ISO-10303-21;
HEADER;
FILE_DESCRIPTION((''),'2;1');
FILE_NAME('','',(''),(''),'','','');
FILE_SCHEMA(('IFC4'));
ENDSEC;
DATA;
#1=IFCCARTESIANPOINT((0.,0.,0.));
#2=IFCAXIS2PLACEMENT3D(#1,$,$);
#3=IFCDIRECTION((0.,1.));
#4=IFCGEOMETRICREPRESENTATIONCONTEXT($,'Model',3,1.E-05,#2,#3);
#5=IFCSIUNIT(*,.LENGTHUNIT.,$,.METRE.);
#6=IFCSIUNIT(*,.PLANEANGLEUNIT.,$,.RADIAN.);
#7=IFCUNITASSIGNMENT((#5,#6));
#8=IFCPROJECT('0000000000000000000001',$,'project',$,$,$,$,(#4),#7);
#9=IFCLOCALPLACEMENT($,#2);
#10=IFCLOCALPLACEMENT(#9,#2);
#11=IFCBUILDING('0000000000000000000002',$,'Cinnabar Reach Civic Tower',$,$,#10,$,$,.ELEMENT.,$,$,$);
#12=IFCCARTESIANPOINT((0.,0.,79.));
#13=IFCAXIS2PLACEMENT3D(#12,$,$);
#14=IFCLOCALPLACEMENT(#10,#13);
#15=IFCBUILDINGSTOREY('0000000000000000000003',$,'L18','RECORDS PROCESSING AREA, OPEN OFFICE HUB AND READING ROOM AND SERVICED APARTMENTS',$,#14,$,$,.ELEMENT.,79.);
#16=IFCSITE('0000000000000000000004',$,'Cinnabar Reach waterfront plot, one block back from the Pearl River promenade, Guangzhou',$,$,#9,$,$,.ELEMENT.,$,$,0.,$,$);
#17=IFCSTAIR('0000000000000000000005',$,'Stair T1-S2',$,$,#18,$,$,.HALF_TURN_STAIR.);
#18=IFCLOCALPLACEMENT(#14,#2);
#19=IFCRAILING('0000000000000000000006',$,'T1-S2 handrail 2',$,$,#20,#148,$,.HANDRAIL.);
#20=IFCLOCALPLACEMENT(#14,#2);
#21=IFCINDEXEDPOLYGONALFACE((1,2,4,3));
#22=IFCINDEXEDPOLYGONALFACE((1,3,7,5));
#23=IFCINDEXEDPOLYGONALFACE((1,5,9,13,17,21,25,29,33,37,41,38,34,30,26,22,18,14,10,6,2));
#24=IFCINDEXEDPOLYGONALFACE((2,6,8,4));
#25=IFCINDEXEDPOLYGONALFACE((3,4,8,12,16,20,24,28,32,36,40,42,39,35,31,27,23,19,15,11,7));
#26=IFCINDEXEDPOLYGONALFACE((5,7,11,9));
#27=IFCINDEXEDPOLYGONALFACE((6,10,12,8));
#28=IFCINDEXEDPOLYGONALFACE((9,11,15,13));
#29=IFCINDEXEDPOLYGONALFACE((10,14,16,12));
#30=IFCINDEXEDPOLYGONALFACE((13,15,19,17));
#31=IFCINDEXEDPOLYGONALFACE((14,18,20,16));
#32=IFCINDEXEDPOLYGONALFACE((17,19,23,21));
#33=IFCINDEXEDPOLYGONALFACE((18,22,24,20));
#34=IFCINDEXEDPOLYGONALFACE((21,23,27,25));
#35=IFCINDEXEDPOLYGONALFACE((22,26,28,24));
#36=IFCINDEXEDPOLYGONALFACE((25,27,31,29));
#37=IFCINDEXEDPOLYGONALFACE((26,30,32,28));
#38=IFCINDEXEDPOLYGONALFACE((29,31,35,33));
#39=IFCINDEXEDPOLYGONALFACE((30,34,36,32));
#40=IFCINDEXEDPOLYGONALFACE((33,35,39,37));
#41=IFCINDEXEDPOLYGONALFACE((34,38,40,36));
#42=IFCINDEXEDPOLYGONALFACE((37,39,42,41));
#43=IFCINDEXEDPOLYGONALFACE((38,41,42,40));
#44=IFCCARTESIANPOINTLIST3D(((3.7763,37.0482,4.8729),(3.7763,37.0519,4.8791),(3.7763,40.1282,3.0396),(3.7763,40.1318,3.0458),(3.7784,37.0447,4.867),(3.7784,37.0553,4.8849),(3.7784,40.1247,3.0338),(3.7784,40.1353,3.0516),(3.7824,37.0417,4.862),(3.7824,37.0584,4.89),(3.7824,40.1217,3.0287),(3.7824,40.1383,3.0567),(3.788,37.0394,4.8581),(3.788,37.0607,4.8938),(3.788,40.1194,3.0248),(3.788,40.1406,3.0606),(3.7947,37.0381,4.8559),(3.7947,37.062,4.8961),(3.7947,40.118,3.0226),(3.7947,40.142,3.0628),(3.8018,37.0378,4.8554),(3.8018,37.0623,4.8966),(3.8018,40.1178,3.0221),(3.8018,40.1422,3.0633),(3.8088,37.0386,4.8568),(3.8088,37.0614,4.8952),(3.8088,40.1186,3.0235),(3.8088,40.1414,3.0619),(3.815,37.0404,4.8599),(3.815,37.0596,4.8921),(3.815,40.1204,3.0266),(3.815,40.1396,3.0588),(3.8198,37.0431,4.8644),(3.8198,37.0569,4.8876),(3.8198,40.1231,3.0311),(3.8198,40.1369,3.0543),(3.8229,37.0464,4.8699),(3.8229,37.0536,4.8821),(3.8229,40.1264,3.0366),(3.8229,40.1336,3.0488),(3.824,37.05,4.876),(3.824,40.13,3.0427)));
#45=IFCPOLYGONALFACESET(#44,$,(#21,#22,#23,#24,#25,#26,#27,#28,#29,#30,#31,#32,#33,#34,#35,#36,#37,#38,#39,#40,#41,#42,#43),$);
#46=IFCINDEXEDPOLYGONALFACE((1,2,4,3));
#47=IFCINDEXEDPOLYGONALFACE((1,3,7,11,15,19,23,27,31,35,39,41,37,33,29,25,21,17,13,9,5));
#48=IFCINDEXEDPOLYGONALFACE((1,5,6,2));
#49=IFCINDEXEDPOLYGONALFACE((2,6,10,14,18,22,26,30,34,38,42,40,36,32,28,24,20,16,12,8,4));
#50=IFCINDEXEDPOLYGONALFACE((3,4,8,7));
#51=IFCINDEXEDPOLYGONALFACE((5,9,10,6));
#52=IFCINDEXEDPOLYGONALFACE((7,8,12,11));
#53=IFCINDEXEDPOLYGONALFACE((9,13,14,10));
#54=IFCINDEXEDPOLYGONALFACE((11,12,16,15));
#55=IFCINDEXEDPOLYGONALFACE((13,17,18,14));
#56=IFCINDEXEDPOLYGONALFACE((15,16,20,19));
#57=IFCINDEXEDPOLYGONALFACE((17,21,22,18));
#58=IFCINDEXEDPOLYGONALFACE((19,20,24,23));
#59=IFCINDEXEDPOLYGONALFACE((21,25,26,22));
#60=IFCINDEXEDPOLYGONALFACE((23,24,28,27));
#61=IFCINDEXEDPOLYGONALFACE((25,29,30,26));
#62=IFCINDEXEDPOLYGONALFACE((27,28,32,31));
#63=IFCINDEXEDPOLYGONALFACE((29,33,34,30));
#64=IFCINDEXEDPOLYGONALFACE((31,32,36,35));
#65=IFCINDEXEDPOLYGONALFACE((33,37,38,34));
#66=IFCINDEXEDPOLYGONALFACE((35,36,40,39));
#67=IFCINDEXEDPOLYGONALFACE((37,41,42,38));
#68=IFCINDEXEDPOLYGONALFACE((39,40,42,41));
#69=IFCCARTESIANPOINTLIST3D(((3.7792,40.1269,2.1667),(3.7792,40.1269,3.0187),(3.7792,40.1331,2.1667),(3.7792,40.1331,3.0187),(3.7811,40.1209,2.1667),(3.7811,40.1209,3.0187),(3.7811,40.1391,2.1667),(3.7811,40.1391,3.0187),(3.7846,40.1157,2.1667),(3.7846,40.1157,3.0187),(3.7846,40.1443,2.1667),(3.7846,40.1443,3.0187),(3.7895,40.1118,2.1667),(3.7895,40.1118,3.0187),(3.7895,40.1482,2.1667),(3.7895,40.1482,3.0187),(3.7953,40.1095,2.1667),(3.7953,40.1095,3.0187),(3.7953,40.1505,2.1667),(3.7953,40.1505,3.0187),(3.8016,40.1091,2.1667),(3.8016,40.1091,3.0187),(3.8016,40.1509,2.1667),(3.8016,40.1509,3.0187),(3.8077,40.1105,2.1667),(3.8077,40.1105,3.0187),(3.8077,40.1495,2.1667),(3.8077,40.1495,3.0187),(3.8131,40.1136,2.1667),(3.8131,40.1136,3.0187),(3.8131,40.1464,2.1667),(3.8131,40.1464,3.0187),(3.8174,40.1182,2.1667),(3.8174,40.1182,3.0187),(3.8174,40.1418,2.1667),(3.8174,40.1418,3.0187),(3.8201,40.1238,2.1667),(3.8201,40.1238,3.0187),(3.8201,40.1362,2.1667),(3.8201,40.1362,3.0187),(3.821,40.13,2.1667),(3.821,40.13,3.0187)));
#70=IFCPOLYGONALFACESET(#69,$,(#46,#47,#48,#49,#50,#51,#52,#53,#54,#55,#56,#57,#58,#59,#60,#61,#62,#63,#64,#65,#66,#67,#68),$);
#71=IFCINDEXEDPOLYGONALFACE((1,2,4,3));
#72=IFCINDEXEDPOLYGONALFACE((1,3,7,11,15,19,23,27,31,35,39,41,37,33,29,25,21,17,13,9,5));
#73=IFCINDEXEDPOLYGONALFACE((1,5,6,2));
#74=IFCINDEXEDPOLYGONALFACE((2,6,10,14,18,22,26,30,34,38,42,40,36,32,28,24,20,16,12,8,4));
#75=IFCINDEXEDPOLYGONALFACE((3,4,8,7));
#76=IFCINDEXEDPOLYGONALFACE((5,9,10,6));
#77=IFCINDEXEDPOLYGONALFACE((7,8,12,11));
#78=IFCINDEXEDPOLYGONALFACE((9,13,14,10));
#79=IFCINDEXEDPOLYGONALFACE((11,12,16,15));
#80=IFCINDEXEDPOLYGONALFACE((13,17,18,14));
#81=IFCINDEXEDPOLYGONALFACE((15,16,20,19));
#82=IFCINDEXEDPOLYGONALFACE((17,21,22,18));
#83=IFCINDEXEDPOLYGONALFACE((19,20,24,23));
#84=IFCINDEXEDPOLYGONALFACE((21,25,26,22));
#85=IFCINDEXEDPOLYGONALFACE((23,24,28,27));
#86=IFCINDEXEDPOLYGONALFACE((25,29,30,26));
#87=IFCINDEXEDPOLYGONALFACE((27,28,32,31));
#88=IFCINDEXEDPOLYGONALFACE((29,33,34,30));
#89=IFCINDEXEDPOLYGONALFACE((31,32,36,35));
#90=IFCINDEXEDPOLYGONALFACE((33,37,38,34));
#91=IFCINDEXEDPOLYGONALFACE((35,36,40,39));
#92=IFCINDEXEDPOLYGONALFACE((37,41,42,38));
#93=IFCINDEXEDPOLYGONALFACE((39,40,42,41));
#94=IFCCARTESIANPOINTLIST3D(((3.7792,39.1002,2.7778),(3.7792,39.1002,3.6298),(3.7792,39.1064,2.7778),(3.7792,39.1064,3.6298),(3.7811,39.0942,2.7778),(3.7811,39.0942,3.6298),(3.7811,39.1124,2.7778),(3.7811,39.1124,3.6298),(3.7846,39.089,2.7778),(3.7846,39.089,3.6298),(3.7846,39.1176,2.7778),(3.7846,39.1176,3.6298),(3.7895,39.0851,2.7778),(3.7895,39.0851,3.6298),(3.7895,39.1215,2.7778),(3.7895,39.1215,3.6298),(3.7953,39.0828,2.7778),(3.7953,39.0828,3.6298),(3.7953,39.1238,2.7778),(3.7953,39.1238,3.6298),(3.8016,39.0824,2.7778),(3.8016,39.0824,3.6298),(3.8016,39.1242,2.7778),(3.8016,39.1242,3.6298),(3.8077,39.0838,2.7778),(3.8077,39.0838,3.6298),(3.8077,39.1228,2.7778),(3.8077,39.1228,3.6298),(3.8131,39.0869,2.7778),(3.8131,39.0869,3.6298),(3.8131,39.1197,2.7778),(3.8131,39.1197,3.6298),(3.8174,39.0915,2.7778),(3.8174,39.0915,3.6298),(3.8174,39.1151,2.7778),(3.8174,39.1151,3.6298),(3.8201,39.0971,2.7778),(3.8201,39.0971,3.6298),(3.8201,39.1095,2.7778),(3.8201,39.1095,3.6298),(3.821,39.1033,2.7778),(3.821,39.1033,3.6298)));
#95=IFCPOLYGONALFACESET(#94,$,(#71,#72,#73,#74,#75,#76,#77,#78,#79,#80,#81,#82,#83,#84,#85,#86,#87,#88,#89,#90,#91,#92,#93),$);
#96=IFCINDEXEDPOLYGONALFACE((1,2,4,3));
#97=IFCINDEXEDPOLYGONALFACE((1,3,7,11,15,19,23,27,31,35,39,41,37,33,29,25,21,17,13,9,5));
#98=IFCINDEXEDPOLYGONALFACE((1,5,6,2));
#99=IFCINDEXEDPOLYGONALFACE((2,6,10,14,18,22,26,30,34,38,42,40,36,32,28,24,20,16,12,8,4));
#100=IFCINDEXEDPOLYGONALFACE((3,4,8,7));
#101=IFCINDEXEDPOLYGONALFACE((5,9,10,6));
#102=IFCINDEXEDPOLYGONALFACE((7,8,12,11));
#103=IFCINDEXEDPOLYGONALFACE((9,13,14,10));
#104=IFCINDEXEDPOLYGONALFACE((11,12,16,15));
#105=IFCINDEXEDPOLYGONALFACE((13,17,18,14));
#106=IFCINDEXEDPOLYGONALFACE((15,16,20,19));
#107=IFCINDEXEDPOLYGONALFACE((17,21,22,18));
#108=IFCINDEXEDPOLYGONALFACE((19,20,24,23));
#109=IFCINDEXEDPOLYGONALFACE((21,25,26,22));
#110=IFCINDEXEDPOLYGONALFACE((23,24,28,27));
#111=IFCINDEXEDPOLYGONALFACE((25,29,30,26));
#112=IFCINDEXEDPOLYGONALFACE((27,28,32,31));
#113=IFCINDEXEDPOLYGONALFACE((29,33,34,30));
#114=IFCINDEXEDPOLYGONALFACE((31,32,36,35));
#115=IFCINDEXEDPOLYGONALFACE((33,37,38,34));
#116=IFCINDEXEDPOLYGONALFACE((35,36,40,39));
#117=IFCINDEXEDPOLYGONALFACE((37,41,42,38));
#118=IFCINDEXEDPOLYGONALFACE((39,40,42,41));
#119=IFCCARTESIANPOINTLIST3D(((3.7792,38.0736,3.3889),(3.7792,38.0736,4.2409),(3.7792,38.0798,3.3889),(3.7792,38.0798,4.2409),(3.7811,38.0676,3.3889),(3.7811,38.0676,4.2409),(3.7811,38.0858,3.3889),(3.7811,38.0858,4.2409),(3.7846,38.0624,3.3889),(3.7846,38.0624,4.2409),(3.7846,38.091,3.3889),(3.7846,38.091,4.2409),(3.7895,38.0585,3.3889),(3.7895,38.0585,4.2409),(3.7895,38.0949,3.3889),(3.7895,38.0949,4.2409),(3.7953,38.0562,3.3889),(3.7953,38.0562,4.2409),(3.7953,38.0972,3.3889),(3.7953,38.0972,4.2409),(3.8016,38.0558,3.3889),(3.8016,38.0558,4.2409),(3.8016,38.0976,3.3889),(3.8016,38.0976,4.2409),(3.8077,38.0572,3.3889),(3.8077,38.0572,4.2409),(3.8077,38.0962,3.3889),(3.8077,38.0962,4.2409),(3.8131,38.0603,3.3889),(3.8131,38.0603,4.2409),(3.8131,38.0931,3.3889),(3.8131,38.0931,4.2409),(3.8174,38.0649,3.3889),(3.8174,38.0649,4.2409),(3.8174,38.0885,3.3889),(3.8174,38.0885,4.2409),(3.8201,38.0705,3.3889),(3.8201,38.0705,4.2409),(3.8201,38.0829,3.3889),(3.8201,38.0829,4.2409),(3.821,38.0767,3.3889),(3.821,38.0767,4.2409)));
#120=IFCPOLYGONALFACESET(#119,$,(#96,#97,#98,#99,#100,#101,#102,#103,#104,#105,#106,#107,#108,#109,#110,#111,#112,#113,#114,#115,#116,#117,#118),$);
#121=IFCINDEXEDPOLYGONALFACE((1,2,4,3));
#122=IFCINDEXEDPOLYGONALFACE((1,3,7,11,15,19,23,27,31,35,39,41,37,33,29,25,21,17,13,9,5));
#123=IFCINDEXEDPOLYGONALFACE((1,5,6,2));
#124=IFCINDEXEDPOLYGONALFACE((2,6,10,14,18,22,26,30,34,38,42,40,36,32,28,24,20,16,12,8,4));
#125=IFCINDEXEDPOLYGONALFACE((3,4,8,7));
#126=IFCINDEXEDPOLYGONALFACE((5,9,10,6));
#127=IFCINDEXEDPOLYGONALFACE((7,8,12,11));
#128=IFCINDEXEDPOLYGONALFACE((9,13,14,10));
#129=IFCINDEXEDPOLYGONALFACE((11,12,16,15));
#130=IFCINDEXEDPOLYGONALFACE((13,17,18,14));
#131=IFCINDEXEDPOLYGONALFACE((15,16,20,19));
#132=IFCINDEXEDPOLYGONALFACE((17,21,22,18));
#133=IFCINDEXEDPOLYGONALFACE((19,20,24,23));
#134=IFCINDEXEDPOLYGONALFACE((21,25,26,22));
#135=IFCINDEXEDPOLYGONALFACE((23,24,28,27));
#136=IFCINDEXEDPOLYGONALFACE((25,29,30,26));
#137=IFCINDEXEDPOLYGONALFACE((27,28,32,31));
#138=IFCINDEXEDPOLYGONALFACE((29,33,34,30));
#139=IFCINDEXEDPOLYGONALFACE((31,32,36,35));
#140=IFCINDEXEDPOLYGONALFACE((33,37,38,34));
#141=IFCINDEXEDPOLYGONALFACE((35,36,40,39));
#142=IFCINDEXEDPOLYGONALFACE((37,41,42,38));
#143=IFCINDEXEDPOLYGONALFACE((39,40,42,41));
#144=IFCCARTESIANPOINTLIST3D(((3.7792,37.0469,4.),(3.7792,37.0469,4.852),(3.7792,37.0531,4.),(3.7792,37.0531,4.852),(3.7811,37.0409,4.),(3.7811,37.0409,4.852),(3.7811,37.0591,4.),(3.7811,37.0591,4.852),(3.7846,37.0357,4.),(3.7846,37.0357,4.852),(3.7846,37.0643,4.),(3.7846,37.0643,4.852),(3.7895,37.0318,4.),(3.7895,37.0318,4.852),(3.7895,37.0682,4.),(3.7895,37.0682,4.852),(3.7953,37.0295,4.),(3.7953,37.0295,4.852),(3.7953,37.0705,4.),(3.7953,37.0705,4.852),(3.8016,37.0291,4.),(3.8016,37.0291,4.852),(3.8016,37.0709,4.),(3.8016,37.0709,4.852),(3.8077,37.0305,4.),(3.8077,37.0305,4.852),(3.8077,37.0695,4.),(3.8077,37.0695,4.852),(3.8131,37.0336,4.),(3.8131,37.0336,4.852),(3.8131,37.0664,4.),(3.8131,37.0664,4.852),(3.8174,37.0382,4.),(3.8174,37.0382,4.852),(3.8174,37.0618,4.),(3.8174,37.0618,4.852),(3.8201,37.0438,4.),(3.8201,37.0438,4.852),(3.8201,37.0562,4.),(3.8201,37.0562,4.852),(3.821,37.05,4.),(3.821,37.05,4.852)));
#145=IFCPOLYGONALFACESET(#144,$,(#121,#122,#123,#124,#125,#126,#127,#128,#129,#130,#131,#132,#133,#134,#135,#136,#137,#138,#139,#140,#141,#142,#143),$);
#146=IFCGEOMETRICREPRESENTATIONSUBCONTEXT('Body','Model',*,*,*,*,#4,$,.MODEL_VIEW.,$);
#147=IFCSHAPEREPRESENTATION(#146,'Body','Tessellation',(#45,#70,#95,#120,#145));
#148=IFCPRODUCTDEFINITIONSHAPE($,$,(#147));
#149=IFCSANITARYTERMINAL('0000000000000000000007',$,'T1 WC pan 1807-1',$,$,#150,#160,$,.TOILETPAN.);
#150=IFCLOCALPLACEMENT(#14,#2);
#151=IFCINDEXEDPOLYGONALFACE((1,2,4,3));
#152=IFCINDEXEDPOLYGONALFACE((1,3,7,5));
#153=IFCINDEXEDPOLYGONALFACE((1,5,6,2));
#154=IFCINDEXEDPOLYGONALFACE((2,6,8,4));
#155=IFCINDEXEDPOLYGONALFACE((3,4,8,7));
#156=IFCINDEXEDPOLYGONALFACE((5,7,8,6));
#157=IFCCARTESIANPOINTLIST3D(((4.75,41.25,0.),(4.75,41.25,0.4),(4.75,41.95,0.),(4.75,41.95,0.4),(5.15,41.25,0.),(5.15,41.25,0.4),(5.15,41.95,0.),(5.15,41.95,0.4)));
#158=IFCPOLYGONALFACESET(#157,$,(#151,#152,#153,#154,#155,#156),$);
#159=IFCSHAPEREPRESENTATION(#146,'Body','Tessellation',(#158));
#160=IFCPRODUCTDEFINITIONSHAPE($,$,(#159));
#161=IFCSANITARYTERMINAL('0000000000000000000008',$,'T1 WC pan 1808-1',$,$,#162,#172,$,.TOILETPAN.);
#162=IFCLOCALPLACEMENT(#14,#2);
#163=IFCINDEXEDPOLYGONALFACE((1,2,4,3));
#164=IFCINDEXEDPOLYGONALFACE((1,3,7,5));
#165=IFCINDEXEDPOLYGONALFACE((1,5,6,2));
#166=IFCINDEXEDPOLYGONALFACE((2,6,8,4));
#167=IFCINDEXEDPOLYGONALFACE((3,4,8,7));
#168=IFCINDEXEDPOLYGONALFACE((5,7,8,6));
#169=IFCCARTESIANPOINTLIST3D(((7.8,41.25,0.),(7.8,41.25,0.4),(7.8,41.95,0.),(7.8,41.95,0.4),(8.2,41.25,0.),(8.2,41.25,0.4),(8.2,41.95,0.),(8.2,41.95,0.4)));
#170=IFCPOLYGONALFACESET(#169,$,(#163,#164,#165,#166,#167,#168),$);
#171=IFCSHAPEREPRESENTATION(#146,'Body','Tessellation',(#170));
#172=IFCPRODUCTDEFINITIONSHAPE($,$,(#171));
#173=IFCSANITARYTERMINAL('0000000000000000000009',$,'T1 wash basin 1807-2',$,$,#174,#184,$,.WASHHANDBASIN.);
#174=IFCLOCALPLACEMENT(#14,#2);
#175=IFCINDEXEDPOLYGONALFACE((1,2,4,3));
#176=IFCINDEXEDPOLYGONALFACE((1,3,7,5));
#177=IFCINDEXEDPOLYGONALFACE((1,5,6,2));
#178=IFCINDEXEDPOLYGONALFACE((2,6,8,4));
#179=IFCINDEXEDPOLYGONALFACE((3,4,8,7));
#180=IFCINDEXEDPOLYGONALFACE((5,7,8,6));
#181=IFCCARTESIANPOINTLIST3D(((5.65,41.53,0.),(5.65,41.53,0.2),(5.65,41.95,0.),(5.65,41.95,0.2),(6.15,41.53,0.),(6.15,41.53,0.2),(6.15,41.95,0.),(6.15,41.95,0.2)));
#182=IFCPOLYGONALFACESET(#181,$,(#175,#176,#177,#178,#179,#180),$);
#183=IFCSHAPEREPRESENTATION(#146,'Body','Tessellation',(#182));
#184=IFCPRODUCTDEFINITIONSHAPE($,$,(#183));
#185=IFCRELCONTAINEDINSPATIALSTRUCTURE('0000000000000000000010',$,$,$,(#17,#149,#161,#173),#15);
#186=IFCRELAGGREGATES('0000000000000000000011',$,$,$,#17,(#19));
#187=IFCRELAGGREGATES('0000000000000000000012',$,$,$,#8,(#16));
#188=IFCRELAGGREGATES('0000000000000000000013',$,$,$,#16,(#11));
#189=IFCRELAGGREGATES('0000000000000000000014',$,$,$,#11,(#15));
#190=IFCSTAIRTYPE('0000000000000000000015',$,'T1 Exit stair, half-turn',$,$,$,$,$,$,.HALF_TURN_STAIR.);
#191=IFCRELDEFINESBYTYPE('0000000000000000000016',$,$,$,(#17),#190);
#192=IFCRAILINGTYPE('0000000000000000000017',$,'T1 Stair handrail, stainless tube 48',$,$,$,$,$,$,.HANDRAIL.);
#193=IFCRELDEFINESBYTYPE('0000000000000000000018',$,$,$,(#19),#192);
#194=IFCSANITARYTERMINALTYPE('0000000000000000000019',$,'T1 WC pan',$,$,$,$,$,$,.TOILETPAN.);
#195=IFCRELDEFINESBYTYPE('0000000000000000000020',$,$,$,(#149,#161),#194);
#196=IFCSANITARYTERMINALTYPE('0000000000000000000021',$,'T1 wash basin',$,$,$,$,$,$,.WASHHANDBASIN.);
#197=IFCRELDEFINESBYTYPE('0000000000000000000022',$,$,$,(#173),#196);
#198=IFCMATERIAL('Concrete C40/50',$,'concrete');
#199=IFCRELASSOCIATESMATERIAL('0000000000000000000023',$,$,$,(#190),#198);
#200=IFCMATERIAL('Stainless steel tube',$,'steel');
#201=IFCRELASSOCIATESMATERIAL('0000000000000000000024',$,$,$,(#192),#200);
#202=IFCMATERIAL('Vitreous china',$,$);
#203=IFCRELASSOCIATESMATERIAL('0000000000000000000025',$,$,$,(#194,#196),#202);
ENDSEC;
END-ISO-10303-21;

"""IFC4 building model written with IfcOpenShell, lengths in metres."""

from ifc_helpers import new_model, si_unit, direction, frame, origin, origin_2d, place, context, subcontext, project, spatial, rectangle, circle, extrude, material, type_object, element, aggregate, save


model = new_model("IFC4")

# Units and contexts
model_context = context("Model", 3, precision=1e-05, world=origin(), true_north=direction((0.0, 1.0)))
body_context = subcontext(model_context, "Body", "Model", "MODEL_VIEW")
ifc_project = project(units=[si_unit("LENGTHUNIT", "METRE"), si_unit("PLANEANGLEUNIT", "RADIAN")], contexts=[model_context])

# Site, building, storey
site_placement = place(None, origin())
site = spatial("IfcSite", under=ifc_project, at=site_placement, Name="Cinnabar Reach waterfront plot, one block back from the Pearl River promenade, Guangzhou", CompositionType="ELEMENT", RefElevation=0.0)
building_placement = place(site_placement, origin())
building = spatial("IfcBuilding", under=site, at=building_placement, Name="Cinnabar Reach Civic Tower", CompositionType="ELEMENT")
storey_placement = place(building_placement, frame((0.0, 0.0, 79.0)))
storey = spatial("IfcBuildingStorey", under=building, at=storey_placement, Name="L18", Description="RECORDS PROCESSING AREA, OPEN OFFICE HUB AND READING ROOM AND SERVICED APARTMENTS", CompositionType="ELEMENT", Elevation=79.0)

# Stair, railing
ifc_material_1 = material(Name="Concrete C40/50", Category="concrete")
stair_type = type_object("IfcStairType", Name="T1 Exit stair, half-turn", PredefinedType="HALF_TURN_STAIR", material=ifc_material_1)
stair_placement = place(storey_placement, origin())
stair = element("IfcStair", 1, at=stair_placement, inside=storey, type_object=stair_type, Name="Stair T1-S2", PredefinedType="HALF_TURN_STAIR")
ifc_material_2 = material(Name="Stainless steel tube", Category="steel")
railing_type = type_object("IfcRailingType", Name="T1 Stair handrail, stainless tube 48", PredefinedType="HANDRAIL", material=ifc_material_2)
railing_placement = place(storey_placement, frame((3.8, 40.13, 2.1667)))
railing = element("IfcRailing", 2, at=railing_placement, type_object=railing_type, Name="T1-S2 handrail 2", PredefinedType="HANDRAIL", context=body_context, shape_type="SweptSolid", body=[
    extrude(circle(Radius=0.024, at=origin_2d()), frame((0.0, 0.0, 0.876), z_axis=(0.0, -0.859297, 0.511477), x_axis=(1.0, 0.0, 0.0)), (0.0, 0.0, 1.0), 3.5843),
    extrude(circle(Radius=0.021, at=origin_2d()), origin(), (0.0, 0.0, 1.0), 0.852),
    extrude(circle(Radius=0.021, at=origin_2d()), frame((0.0, -1.0267, 0.6111)), (0.0, 0.0, 1.0), 0.852),
    extrude(circle(Radius=0.021, at=origin_2d()), frame((0.0, -2.0533, 1.2222)), (0.0, 0.0, 1.0), 0.852),
    extrude(circle(Radius=0.021, at=origin_2d()), frame((0.0, -3.08, 1.8333)), (0.0, 0.0, 1.0), 0.852),
])
aggregate(stair, [railing])

# Sanitary terminals
ifc_material_3 = material(Name="Vitreous china")
sanitary_terminal_type_1 = type_object("IfcSanitaryTerminalType", Name="T1 WC pan", PredefinedType="TOILETPAN", material=ifc_material_3)
for number, where, z_axis, x_axis, name in (
    (3, (4.95, 41.6, 0.0), (0.0, 0.0, 1.0), (1.0, 0.0, 0.0), "T1 WC pan 1807-1"),
    (4, (8.0, 41.6, 0.0), (0.0, 0.0, 1.0), (1.0, 0.0, 0.0), "T1 WC pan 1808-1"),
):
    element("IfcSanitaryTerminal", number, at=place(storey_placement, frame(where, z_axis=z_axis, x_axis=x_axis)), inside=storey, type_object=sanitary_terminal_type_1, Name=name, PredefinedType="TOILETPAN", context=body_context, shape_type="SweptSolid", body=[
        extrude(rectangle(XDim=0.4, YDim=0.7, at=origin_2d()), origin(), (0.0, 0.0, 1.0), 0.4),
    ])
sanitary_terminal_type_2 = type_object("IfcSanitaryTerminalType", Name="T1 wash basin", PredefinedType="WASHHANDBASIN", material=ifc_material_3)
sanitary_terminal_placement = place(storey_placement, frame((5.9, 41.74, 0.0), z_axis=(0.0, 0.0, 1.0), x_axis=(1.0, 0.0, 0.0)))
element("IfcSanitaryTerminal", 5, at=sanitary_terminal_placement, inside=storey, type_object=sanitary_terminal_type_2, Name="T1 wash basin 1807-2", PredefinedType="WASHHANDBASIN", context=body_context, shape_type="SweptSolid", body=[
    extrude(rectangle(XDim=0.5, YDim=0.42, at=origin_2d()), origin(), (0.0, 0.0, 1.0), 0.2),
])

save(model, "model.ifc")
